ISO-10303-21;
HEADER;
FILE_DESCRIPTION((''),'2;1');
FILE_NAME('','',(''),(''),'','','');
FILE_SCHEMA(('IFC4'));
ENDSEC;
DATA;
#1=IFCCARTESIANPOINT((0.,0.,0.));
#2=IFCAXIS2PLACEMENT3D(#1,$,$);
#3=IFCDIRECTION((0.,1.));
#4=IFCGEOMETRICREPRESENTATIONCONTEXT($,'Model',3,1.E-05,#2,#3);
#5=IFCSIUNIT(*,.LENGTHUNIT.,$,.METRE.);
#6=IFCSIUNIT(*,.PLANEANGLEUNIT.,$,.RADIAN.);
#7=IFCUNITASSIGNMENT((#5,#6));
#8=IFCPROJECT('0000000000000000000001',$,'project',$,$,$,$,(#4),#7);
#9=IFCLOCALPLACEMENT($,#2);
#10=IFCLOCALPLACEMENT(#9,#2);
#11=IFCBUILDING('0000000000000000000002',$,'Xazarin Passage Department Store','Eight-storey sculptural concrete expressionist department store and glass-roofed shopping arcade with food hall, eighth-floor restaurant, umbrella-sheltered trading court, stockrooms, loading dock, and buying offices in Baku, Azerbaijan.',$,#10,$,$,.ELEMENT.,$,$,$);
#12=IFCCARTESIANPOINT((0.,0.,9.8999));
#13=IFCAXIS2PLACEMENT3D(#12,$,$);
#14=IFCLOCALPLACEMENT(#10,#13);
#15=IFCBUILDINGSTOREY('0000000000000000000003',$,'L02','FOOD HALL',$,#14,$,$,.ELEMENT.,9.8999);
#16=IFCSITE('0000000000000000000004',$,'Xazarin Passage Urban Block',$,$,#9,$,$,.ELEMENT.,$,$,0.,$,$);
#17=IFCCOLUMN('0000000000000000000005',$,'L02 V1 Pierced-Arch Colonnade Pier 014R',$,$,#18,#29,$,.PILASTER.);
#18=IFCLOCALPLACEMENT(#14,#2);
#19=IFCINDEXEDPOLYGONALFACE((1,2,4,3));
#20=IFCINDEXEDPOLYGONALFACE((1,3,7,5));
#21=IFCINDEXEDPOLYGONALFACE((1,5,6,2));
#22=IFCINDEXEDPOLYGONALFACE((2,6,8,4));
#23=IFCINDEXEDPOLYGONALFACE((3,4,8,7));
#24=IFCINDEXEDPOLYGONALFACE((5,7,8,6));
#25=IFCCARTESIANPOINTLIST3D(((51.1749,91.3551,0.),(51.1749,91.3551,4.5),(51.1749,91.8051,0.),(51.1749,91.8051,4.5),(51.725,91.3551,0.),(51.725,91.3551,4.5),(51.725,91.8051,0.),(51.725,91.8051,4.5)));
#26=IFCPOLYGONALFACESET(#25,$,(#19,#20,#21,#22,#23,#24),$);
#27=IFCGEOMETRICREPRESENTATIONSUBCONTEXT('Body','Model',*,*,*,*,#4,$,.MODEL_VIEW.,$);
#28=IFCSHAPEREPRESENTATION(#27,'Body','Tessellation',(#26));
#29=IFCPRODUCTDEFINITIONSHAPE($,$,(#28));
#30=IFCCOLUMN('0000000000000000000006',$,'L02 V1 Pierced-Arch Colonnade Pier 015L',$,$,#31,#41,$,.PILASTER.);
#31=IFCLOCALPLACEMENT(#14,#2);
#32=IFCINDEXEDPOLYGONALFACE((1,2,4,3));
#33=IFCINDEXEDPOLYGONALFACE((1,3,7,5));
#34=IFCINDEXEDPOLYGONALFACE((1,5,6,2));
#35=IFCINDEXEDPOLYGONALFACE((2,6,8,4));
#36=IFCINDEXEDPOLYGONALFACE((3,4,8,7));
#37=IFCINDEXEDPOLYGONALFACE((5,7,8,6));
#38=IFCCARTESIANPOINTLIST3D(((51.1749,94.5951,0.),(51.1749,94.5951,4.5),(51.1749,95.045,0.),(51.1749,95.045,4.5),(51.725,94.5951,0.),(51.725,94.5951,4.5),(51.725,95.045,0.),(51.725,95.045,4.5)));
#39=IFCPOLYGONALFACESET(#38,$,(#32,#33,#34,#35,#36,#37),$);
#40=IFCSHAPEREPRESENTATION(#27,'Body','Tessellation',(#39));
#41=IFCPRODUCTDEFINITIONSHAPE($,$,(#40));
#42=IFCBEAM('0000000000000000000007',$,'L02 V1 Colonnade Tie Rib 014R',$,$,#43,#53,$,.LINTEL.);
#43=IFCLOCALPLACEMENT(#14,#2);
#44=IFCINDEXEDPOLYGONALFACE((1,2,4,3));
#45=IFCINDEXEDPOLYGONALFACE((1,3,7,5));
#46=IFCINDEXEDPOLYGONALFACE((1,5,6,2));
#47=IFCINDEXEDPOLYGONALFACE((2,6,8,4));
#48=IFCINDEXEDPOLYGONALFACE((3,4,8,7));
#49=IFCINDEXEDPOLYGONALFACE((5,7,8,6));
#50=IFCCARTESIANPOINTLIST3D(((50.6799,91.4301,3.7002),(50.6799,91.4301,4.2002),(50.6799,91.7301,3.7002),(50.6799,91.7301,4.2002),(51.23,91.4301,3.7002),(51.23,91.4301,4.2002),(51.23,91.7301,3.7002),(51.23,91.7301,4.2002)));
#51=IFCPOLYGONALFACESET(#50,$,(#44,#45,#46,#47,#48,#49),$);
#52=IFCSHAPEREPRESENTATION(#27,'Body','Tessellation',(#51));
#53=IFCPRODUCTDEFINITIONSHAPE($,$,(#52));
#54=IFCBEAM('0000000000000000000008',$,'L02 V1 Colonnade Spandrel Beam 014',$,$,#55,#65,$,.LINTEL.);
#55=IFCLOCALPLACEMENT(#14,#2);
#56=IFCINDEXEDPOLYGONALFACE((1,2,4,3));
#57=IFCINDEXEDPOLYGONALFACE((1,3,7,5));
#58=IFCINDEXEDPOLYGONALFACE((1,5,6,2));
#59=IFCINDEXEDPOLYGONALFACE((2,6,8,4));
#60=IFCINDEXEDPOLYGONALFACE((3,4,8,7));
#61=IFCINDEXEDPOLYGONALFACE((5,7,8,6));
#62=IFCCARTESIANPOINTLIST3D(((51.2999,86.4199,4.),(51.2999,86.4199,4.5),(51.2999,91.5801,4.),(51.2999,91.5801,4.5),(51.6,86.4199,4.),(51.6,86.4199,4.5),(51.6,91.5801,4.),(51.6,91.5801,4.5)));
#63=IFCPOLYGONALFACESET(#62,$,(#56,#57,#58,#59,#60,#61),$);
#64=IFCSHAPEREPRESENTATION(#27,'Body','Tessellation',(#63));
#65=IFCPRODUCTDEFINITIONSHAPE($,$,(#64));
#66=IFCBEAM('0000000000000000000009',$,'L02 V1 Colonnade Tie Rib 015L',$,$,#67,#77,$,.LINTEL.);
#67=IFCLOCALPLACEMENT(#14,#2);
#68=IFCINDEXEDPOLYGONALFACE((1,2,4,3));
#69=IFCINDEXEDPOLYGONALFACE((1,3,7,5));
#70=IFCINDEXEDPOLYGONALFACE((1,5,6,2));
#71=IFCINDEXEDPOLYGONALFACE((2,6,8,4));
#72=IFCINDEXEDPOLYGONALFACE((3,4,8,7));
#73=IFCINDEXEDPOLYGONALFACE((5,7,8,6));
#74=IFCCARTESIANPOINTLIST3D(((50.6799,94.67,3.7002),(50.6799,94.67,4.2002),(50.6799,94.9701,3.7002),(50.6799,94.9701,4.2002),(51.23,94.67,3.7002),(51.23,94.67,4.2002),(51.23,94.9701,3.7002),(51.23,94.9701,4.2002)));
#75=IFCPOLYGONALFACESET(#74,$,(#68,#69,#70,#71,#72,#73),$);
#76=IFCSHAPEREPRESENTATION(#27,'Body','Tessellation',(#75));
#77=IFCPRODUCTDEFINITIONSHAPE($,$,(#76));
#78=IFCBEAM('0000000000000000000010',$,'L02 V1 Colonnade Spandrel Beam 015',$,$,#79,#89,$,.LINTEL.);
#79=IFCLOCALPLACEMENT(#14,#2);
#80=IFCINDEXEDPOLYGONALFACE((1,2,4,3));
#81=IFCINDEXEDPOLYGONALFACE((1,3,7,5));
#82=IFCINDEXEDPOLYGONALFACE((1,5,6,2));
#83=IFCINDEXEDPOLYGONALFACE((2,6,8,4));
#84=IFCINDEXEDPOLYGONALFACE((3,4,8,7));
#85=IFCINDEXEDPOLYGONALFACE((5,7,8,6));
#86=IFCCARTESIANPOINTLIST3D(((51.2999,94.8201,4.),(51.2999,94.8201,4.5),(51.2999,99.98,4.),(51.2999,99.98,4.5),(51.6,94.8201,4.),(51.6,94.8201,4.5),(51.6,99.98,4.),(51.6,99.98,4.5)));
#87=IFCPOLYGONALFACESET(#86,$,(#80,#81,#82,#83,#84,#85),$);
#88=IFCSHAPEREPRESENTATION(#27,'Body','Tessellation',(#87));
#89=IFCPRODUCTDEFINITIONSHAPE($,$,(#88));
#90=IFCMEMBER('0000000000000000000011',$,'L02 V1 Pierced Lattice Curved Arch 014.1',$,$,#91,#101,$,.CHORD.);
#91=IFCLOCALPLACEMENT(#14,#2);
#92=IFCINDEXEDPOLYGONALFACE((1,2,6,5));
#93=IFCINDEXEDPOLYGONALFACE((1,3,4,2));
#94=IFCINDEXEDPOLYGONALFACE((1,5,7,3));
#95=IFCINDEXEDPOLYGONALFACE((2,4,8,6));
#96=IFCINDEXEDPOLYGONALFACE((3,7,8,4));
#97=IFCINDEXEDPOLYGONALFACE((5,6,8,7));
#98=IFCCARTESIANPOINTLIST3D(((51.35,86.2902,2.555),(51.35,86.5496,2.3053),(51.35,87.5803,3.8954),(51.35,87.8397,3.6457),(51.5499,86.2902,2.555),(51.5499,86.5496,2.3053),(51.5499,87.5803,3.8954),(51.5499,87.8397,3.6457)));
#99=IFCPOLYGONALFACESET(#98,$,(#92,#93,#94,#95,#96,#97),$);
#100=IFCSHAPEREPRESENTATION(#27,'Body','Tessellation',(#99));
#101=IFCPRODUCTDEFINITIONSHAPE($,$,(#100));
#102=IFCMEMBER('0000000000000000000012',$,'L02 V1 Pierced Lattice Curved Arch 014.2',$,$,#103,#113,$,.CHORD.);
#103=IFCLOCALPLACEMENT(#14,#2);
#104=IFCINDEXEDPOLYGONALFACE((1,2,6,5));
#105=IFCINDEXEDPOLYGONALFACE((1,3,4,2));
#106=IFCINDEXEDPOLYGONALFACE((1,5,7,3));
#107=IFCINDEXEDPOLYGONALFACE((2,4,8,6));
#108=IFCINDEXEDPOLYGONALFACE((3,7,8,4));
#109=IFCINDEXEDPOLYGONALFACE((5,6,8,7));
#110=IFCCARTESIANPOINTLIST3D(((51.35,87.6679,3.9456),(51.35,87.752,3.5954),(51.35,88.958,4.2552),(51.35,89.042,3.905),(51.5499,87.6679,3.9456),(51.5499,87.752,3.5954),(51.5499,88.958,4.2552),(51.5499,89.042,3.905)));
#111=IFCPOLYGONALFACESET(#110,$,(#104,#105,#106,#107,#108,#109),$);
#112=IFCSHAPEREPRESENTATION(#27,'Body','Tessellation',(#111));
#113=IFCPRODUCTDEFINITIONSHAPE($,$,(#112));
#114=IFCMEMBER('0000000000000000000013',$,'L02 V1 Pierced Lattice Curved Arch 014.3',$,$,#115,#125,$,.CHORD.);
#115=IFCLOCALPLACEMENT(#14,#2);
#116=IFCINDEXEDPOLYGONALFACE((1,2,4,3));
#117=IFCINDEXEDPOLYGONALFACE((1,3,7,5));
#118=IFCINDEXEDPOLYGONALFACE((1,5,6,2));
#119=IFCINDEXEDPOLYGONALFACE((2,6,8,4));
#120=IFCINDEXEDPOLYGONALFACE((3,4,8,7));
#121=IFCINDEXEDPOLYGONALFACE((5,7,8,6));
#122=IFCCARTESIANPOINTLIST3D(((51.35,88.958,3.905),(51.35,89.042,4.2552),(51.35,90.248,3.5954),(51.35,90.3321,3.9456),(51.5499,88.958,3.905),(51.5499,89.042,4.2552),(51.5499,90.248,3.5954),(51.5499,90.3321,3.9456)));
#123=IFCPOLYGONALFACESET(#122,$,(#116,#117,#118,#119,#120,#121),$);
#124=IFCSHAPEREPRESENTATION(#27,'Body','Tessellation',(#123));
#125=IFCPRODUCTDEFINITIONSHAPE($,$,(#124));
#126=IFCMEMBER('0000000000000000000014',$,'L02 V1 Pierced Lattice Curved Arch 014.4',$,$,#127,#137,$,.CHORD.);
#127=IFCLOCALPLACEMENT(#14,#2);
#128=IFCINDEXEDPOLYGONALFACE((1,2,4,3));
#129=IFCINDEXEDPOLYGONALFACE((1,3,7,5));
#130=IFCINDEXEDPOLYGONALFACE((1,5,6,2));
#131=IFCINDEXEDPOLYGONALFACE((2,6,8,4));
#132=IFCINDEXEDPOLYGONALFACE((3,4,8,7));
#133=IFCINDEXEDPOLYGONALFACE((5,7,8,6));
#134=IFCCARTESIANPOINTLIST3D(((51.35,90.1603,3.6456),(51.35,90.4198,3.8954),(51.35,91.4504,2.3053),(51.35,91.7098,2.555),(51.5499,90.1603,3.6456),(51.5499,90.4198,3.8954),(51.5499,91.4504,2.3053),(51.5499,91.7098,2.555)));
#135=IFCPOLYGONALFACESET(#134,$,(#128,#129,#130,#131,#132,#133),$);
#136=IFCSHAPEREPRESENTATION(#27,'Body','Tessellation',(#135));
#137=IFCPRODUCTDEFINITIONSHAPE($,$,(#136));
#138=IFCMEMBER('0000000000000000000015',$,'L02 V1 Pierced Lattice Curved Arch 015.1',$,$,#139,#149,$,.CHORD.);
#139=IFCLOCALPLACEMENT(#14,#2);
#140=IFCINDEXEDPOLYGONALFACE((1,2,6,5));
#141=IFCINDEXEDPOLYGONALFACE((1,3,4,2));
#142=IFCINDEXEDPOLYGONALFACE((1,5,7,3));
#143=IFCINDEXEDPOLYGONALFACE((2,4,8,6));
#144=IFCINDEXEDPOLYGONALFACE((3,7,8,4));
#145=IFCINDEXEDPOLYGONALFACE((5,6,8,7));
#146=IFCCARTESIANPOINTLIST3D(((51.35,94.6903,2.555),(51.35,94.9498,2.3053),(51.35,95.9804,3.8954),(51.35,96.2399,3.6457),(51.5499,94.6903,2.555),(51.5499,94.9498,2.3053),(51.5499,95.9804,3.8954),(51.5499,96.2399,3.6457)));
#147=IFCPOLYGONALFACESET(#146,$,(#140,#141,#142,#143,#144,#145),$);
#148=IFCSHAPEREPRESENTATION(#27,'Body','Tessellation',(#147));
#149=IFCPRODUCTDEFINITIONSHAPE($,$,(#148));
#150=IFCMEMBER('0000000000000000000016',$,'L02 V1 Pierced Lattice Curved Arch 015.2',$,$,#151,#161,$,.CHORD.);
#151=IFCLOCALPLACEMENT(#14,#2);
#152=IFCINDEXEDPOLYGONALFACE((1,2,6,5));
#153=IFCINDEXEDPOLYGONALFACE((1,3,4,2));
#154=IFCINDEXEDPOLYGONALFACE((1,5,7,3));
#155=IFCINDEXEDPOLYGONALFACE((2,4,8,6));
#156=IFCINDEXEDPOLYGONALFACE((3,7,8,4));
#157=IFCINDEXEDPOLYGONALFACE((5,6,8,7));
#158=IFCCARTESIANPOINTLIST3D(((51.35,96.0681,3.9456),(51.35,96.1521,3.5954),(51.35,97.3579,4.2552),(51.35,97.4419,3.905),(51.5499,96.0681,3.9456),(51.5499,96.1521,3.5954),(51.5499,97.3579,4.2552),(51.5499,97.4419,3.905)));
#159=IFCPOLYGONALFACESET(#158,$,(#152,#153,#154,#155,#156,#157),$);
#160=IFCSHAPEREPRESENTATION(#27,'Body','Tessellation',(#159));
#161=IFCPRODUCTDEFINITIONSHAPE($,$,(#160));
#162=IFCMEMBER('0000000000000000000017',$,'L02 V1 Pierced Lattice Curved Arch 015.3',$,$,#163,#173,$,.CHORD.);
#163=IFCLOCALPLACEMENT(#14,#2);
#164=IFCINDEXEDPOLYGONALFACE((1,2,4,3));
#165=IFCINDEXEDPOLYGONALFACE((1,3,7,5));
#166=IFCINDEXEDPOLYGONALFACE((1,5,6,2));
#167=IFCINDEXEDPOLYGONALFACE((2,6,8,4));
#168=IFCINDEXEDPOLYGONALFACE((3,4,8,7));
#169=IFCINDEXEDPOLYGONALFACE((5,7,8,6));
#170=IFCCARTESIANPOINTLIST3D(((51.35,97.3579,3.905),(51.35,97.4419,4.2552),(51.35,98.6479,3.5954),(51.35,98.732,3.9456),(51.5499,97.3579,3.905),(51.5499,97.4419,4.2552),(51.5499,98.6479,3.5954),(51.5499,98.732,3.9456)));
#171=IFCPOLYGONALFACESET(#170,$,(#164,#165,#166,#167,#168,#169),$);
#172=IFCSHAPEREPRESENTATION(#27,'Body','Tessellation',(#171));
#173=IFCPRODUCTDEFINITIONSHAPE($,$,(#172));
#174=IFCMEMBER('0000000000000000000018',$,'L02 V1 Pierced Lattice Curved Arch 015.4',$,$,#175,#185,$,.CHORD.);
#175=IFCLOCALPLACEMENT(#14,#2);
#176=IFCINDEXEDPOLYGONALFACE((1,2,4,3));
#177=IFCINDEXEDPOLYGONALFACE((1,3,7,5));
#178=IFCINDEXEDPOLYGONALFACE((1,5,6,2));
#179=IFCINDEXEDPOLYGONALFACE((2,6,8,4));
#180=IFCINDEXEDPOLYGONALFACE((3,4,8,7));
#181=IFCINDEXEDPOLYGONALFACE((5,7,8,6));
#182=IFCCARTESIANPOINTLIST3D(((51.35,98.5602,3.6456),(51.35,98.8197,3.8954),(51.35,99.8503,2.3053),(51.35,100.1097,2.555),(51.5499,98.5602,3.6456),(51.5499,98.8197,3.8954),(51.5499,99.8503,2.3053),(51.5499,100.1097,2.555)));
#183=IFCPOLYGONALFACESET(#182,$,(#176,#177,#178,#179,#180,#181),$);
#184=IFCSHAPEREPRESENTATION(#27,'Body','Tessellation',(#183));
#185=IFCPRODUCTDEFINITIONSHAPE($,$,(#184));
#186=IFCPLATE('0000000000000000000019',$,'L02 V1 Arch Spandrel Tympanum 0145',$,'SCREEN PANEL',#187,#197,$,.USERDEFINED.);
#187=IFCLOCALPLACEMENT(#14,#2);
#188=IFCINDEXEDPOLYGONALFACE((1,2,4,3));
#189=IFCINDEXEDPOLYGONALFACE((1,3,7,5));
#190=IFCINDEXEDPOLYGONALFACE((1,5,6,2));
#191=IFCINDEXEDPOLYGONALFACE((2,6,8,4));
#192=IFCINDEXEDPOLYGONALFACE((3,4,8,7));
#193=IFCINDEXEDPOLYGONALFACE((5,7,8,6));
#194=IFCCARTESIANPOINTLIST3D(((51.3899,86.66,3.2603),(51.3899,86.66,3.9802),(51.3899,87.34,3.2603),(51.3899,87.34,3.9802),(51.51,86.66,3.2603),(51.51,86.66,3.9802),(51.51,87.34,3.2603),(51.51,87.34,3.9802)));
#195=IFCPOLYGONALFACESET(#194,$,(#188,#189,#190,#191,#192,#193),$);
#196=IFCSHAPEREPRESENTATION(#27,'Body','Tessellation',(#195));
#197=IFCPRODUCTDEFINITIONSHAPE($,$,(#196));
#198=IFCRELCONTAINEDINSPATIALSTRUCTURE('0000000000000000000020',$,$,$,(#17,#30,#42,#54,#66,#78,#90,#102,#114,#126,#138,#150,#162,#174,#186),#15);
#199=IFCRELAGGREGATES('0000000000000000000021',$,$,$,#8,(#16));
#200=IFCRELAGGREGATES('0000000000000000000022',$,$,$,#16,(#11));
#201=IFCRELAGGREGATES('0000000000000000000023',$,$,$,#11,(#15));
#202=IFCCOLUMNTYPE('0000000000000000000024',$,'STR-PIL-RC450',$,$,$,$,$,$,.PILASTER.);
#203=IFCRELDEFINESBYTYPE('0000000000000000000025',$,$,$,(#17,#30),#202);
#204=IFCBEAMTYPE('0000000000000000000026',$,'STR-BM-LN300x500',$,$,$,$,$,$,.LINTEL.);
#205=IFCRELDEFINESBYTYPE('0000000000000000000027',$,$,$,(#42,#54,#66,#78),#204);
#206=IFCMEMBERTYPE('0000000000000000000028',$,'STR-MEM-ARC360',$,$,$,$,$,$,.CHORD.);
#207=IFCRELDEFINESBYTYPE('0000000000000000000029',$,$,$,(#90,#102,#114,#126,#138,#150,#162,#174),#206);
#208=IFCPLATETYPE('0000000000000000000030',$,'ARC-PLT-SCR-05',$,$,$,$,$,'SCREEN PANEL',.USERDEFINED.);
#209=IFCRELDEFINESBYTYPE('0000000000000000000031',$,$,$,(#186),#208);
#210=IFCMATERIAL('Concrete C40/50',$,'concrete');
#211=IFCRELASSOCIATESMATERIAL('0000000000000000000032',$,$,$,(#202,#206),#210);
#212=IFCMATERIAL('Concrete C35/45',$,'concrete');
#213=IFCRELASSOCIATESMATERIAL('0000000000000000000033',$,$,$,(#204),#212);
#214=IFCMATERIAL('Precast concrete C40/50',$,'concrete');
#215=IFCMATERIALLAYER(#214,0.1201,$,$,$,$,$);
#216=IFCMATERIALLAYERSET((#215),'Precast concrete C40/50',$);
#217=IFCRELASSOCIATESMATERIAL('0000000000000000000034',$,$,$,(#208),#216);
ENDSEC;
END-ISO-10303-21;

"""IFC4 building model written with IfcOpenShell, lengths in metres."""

from ifc_helpers import new_model, si_unit, direction, frame, origin, origin_2d, place, context, subcontext, project, spatial, rectangle, extrude, material, layer, layer_set, material_profile, profile_set, type_object, element, save


model = new_model("IFC4")

# Units and contexts
model_context = context("Model", 3, precision=1e-05, world=origin(), true_north=direction((0.0, 1.0)))
body_context = subcontext(model_context, "Body", "Model", "MODEL_VIEW")
ifc_project = project(units=[si_unit("LENGTHUNIT", "METRE"), si_unit("PLANEANGLEUNIT", "RADIAN")], contexts=[model_context])

# Site, building, storey
site_placement = place(None, origin())
site = spatial("IfcSite", under=ifc_project, at=site_placement, Name="Xazarin Passage Urban Block", CompositionType="ELEMENT", RefElevation=0.0)
building_placement = place(site_placement, origin())
building = spatial("IfcBuilding", under=site, at=building_placement, Name="Xazarin Passage Department Store", Description="Eight-storey sculptural concrete expressionist department store and glass-roofed shopping arcade with food hall, eighth-floor restaurant, umbrella-sheltered trading court, stockrooms, loading dock, and buying offices in Baku, Azerbaijan.", CompositionType="ELEMENT")
storey_placement = place(building_placement, frame((0.0, 0.0, 9.8999)))
storey = spatial("IfcBuildingStorey", under=building, at=storey_placement, Name="L02", Description="FOOD HALL", CompositionType="ELEMENT", Elevation=9.8999)

# Columns
ifc_material_1 = material(Name="Concrete C40/50", Category="concrete")
ifc_material_profile_1 = material_profile(ifc_material_1, rectangle(XDim=0.45, YDim=0.55, at=origin_2d()), Name="RC 450x550")
ifc_profile_set_1 = profile_set([ifc_material_profile_1], Name="Concrete C40/50")
column_type = type_object("IfcColumnType", Name="STR-PIL-RC450", PredefinedType="PILASTER", material=ifc_profile_set_1)
for number, where, z_axis, x_axis, name in (
    (1, (51.45, 91.5801, 0.0), (0.0, 0.0, 1.0), (0.0, 1.0, 0.0), "L02 V1 Pierced-Arch Colonnade Pier 014R"),
    (2, (51.45, 94.8201, 0.0), (0.0, 0.0, 1.0), (0.0, 1.0, 0.0), "L02 V1 Pierced-Arch Colonnade Pier 015L"),
):
    element("IfcColumn", number, at=place(storey_placement, frame(where, z_axis=z_axis, x_axis=x_axis)), inside=storey, type_object=column_type, Name=name, PredefinedType="PILASTER", context=body_context, shape_type="SweptSolid", body=[
        extrude(rectangle(XDim=0.45, YDim=0.55, at=origin_2d()), origin(), (0.0, 0.0, 1.0), 4.5),
    ])

# Beams
ifc_material_2 = material(Name="Concrete C35/45", Category="concrete")
ifc_material_profile_2 = material_profile(ifc_material_2, rectangle(XDim=0.3, YDim=0.5, at=origin_2d()), Name="RC 300x500")
ifc_profile_set_2 = profile_set([ifc_material_profile_2], Name="Concrete C35/45")
beam_type = type_object("IfcBeamType", Name="STR-BM-LN300x500", PredefinedType="LINTEL", material=ifc_profile_set_2)
beam_1_placement = place(storey_placement, frame((50.6799, 91.5801, 3.9502), z_axis=(1.0, 0.0, 0.0), x_axis=(0.0, 1.0, 0.0)))
element("IfcBeam", 3, at=beam_1_placement, inside=storey, type_object=beam_type, Name="L02 V1 Colonnade Tie Rib 014R", PredefinedType="LINTEL", context=body_context, shape_type="SweptSolid", body=[
    extrude(rectangle(XDim=0.3, YDim=0.5, at=origin_2d()), origin(), (0.0, 0.0, 1.0), 0.55),
])
beam_2_placement = place(storey_placement, frame((51.45, 86.4199, 4.25), z_axis=(0.0, 1.0, 0.0), x_axis=(-1.0, 0.0, 0.0)))
element("IfcBeam", 4, at=beam_2_placement, inside=storey, type_object=beam_type, Name="L02 V1 Colonnade Spandrel Beam 014", PredefinedType="LINTEL", context=body_context, shape_type="SweptSolid", body=[
    extrude(rectangle(XDim=0.3, YDim=0.5, at=origin_2d()), origin(), (0.0, 0.0, 1.0), 5.1602),
])
beam_3_placement = place(storey_placement, frame((50.6799, 94.8201, 3.9502), z_axis=(1.0, 0.0, 0.0), x_axis=(0.0, 1.0, 0.0)))
element("IfcBeam", 5, at=beam_3_placement, inside=storey, type_object=beam_type, Name="L02 V1 Colonnade Tie Rib 015L", PredefinedType="LINTEL", context=body_context, shape_type="SweptSolid", body=[
    extrude(rectangle(XDim=0.3, YDim=0.5, at=origin_2d()), origin(), (0.0, 0.0, 1.0), 0.55),
])
beam_4_placement = place(storey_placement, frame((51.45, 94.8201, 4.25), z_axis=(0.0, 1.0, 0.0), x_axis=(-1.0, 0.0, 0.0)))
element("IfcBeam", 6, at=beam_4_placement, inside=storey, type_object=beam_type, Name="L02 V1 Colonnade Spandrel Beam 015", PredefinedType="LINTEL", context=body_context, shape_type="SweptSolid", body=[
    extrude(rectangle(XDim=0.3, YDim=0.5, at=origin_2d()), origin(), (0.0, 0.0, 1.0), 5.1599),
])

# Members
ifc_material_profile_3 = material_profile(ifc_material_1, rectangle(XDim=0.2, YDim=0.3601, at=origin_2d()), Name="RC 200x360")
ifc_profile_set_3 = profile_set([ifc_material_profile_3], Name="Concrete C40/50")
member_type = type_object("IfcMemberType", Name="STR-MEM-ARC360", PredefinedType="CHORD", material=ifc_profile_set_3)
member_1_placement = place(storey_placement, frame((51.45, 86.4199, 2.4302), z_axis=(0.0, 0.69346, 0.720495), x_axis=(-1.0, 0.0, 0.0)))
element("IfcMember", 7, at=member_1_placement, inside=storey, type_object=member_type, Name="L02 V1 Pierced Lattice Curved Arch 014.1", PredefinedType="CHORD", context=body_context, shape_type="SweptSolid", body=[
    extrude(rectangle(XDim=0.2, YDim=0.3601, at=origin_2d()), origin(), (0.0, 0.0, 1.0), 1.8604),
])
for number, where, z_axis, x_axis, name in (
    (8, (51.45, 87.71, 3.7705), (0.0, 0.972394, 0.233345), (-1.0, 0.0, 0.0), "L02 V1 Pierced Lattice Curved Arch 014.2"),
    (9, (51.45, 89.0, 4.0801), (0.0, 0.972394, -0.233345), (-1.0, 0.0, 0.0), "L02 V1 Pierced Lattice Curved Arch 014.3"),
):
    element("IfcMember", number, at=place(storey_placement, frame(where, z_axis=z_axis, x_axis=x_axis)), inside=storey, type_object=member_type, Name=name, PredefinedType="CHORD", context=body_context, shape_type="SweptSolid", body=[
        extrude(rectangle(XDim=0.2, YDim=0.3601, at=origin_2d()), origin(), (0.0, 0.0, 1.0), 1.3267),
    ])
for number, where, z_axis, x_axis, name in (
    (10, (51.45, 90.29, 3.7705), (0.0, 0.69346, -0.720495), (-1.0, 0.0, 0.0), "L02 V1 Pierced Lattice Curved Arch 014.4"),
    (11, (51.45, 94.8201, 2.4302), (0.0, 0.69346, 0.720495), (-1.0, 0.0, 0.0), "L02 V1 Pierced Lattice Curved Arch 015.1"),
):
    element("IfcMember", number, at=place(storey_placement, frame(where, z_axis=z_axis, x_axis=x_axis)), inside=storey, type_object=member_type, Name=name, PredefinedType="CHORD", context=body_context, shape_type="SweptSolid", body=[
        extrude(rectangle(XDim=0.2, YDim=0.3601, at=origin_2d()), origin(), (0.0, 0.0, 1.0), 1.8604),
    ])
member_2_placement = place(storey_placement, frame((51.45, 96.1101, 3.7705), z_axis=(0.0, 0.972384, 0.233387), x_axis=(-1.0, 0.0, 0.0)))
element("IfcMember", 12, at=member_2_placement, inside=storey, type_object=member_type, Name="L02 V1 Pierced Lattice Curved Arch 015.2", PredefinedType="CHORD", context=body_context, shape_type="SweptSolid", body=[
    extrude(rectangle(XDim=0.2, YDim=0.3601, at=origin_2d()), origin(), (0.0, 0.0, 1.0), 1.3264),
])
member_3_placement = place(storey_placement, frame((51.45, 97.3999, 4.0801), z_axis=(0.0, 0.972394, -0.233345), x_axis=(-1.0, 0.0, 0.0)))
element("IfcMember", 13, at=member_3_placement, inside=storey, type_object=member_type, Name="L02 V1 Pierced Lattice Curved Arch 015.3", PredefinedType="CHORD", context=body_context, shape_type="SweptSolid", body=[
    extrude(rectangle(XDim=0.2, YDim=0.3601, at=origin_2d()), origin(), (0.0, 0.0, 1.0), 1.3267),
])
member_4_placement = place(storey_placement, frame((51.45, 98.6899, 3.7705), z_axis=(0.0, 0.69346, -0.720495), x_axis=(-1.0, 0.0, 0.0)))
element("IfcMember", 14, at=member_4_placement, inside=storey, type_object=member_type, Name="L02 V1 Pierced Lattice Curved Arch 015.4", PredefinedType="CHORD", context=body_context, shape_type="SweptSolid", body=[
    extrude(rectangle(XDim=0.2, YDim=0.3601, at=origin_2d()), origin(), (0.0, 0.0, 1.0), 1.8604),
])

# Plate
ifc_material_3 = material(Name="Precast concrete C40/50", Category="concrete")
ifc_layer_1 = layer(ifc_material_3, 0.1201)
ifc_layer_set_1 = layer_set([ifc_layer_1], Name="Precast concrete C40/50")
plate_type_1 = type_object("IfcPlateType", Name="ARC-PLT-SCR-05", ElementType="SCREEN PANEL", PredefinedType="USERDEFINED", material=ifc_layer_set_1)
for number, where, z_axis, x_axis, name in (
    (15, (51.45, 87.0, 3.2603), (0.0, 0.0, 1.0), (0.0, 1.0, 0.0), "L02 V1 Arch Spandrel Tympanum 0145"),
):
    element("IfcPlate", number, at=place(storey_placement, frame(where, z_axis=z_axis, x_axis=x_axis)), inside=storey, type_object=plate_type_1, Name=name, ObjectType="SCREEN PANEL", PredefinedType="USERDEFINED", context=body_context, shape_type="SweptSolid", body=[
        extrude(rectangle(XDim=0.6799, YDim=0.1201, at=origin_2d()), origin(), (0.0, 0.0, 1.0), 0.72),
    ])

save(model, "model.ifc")
